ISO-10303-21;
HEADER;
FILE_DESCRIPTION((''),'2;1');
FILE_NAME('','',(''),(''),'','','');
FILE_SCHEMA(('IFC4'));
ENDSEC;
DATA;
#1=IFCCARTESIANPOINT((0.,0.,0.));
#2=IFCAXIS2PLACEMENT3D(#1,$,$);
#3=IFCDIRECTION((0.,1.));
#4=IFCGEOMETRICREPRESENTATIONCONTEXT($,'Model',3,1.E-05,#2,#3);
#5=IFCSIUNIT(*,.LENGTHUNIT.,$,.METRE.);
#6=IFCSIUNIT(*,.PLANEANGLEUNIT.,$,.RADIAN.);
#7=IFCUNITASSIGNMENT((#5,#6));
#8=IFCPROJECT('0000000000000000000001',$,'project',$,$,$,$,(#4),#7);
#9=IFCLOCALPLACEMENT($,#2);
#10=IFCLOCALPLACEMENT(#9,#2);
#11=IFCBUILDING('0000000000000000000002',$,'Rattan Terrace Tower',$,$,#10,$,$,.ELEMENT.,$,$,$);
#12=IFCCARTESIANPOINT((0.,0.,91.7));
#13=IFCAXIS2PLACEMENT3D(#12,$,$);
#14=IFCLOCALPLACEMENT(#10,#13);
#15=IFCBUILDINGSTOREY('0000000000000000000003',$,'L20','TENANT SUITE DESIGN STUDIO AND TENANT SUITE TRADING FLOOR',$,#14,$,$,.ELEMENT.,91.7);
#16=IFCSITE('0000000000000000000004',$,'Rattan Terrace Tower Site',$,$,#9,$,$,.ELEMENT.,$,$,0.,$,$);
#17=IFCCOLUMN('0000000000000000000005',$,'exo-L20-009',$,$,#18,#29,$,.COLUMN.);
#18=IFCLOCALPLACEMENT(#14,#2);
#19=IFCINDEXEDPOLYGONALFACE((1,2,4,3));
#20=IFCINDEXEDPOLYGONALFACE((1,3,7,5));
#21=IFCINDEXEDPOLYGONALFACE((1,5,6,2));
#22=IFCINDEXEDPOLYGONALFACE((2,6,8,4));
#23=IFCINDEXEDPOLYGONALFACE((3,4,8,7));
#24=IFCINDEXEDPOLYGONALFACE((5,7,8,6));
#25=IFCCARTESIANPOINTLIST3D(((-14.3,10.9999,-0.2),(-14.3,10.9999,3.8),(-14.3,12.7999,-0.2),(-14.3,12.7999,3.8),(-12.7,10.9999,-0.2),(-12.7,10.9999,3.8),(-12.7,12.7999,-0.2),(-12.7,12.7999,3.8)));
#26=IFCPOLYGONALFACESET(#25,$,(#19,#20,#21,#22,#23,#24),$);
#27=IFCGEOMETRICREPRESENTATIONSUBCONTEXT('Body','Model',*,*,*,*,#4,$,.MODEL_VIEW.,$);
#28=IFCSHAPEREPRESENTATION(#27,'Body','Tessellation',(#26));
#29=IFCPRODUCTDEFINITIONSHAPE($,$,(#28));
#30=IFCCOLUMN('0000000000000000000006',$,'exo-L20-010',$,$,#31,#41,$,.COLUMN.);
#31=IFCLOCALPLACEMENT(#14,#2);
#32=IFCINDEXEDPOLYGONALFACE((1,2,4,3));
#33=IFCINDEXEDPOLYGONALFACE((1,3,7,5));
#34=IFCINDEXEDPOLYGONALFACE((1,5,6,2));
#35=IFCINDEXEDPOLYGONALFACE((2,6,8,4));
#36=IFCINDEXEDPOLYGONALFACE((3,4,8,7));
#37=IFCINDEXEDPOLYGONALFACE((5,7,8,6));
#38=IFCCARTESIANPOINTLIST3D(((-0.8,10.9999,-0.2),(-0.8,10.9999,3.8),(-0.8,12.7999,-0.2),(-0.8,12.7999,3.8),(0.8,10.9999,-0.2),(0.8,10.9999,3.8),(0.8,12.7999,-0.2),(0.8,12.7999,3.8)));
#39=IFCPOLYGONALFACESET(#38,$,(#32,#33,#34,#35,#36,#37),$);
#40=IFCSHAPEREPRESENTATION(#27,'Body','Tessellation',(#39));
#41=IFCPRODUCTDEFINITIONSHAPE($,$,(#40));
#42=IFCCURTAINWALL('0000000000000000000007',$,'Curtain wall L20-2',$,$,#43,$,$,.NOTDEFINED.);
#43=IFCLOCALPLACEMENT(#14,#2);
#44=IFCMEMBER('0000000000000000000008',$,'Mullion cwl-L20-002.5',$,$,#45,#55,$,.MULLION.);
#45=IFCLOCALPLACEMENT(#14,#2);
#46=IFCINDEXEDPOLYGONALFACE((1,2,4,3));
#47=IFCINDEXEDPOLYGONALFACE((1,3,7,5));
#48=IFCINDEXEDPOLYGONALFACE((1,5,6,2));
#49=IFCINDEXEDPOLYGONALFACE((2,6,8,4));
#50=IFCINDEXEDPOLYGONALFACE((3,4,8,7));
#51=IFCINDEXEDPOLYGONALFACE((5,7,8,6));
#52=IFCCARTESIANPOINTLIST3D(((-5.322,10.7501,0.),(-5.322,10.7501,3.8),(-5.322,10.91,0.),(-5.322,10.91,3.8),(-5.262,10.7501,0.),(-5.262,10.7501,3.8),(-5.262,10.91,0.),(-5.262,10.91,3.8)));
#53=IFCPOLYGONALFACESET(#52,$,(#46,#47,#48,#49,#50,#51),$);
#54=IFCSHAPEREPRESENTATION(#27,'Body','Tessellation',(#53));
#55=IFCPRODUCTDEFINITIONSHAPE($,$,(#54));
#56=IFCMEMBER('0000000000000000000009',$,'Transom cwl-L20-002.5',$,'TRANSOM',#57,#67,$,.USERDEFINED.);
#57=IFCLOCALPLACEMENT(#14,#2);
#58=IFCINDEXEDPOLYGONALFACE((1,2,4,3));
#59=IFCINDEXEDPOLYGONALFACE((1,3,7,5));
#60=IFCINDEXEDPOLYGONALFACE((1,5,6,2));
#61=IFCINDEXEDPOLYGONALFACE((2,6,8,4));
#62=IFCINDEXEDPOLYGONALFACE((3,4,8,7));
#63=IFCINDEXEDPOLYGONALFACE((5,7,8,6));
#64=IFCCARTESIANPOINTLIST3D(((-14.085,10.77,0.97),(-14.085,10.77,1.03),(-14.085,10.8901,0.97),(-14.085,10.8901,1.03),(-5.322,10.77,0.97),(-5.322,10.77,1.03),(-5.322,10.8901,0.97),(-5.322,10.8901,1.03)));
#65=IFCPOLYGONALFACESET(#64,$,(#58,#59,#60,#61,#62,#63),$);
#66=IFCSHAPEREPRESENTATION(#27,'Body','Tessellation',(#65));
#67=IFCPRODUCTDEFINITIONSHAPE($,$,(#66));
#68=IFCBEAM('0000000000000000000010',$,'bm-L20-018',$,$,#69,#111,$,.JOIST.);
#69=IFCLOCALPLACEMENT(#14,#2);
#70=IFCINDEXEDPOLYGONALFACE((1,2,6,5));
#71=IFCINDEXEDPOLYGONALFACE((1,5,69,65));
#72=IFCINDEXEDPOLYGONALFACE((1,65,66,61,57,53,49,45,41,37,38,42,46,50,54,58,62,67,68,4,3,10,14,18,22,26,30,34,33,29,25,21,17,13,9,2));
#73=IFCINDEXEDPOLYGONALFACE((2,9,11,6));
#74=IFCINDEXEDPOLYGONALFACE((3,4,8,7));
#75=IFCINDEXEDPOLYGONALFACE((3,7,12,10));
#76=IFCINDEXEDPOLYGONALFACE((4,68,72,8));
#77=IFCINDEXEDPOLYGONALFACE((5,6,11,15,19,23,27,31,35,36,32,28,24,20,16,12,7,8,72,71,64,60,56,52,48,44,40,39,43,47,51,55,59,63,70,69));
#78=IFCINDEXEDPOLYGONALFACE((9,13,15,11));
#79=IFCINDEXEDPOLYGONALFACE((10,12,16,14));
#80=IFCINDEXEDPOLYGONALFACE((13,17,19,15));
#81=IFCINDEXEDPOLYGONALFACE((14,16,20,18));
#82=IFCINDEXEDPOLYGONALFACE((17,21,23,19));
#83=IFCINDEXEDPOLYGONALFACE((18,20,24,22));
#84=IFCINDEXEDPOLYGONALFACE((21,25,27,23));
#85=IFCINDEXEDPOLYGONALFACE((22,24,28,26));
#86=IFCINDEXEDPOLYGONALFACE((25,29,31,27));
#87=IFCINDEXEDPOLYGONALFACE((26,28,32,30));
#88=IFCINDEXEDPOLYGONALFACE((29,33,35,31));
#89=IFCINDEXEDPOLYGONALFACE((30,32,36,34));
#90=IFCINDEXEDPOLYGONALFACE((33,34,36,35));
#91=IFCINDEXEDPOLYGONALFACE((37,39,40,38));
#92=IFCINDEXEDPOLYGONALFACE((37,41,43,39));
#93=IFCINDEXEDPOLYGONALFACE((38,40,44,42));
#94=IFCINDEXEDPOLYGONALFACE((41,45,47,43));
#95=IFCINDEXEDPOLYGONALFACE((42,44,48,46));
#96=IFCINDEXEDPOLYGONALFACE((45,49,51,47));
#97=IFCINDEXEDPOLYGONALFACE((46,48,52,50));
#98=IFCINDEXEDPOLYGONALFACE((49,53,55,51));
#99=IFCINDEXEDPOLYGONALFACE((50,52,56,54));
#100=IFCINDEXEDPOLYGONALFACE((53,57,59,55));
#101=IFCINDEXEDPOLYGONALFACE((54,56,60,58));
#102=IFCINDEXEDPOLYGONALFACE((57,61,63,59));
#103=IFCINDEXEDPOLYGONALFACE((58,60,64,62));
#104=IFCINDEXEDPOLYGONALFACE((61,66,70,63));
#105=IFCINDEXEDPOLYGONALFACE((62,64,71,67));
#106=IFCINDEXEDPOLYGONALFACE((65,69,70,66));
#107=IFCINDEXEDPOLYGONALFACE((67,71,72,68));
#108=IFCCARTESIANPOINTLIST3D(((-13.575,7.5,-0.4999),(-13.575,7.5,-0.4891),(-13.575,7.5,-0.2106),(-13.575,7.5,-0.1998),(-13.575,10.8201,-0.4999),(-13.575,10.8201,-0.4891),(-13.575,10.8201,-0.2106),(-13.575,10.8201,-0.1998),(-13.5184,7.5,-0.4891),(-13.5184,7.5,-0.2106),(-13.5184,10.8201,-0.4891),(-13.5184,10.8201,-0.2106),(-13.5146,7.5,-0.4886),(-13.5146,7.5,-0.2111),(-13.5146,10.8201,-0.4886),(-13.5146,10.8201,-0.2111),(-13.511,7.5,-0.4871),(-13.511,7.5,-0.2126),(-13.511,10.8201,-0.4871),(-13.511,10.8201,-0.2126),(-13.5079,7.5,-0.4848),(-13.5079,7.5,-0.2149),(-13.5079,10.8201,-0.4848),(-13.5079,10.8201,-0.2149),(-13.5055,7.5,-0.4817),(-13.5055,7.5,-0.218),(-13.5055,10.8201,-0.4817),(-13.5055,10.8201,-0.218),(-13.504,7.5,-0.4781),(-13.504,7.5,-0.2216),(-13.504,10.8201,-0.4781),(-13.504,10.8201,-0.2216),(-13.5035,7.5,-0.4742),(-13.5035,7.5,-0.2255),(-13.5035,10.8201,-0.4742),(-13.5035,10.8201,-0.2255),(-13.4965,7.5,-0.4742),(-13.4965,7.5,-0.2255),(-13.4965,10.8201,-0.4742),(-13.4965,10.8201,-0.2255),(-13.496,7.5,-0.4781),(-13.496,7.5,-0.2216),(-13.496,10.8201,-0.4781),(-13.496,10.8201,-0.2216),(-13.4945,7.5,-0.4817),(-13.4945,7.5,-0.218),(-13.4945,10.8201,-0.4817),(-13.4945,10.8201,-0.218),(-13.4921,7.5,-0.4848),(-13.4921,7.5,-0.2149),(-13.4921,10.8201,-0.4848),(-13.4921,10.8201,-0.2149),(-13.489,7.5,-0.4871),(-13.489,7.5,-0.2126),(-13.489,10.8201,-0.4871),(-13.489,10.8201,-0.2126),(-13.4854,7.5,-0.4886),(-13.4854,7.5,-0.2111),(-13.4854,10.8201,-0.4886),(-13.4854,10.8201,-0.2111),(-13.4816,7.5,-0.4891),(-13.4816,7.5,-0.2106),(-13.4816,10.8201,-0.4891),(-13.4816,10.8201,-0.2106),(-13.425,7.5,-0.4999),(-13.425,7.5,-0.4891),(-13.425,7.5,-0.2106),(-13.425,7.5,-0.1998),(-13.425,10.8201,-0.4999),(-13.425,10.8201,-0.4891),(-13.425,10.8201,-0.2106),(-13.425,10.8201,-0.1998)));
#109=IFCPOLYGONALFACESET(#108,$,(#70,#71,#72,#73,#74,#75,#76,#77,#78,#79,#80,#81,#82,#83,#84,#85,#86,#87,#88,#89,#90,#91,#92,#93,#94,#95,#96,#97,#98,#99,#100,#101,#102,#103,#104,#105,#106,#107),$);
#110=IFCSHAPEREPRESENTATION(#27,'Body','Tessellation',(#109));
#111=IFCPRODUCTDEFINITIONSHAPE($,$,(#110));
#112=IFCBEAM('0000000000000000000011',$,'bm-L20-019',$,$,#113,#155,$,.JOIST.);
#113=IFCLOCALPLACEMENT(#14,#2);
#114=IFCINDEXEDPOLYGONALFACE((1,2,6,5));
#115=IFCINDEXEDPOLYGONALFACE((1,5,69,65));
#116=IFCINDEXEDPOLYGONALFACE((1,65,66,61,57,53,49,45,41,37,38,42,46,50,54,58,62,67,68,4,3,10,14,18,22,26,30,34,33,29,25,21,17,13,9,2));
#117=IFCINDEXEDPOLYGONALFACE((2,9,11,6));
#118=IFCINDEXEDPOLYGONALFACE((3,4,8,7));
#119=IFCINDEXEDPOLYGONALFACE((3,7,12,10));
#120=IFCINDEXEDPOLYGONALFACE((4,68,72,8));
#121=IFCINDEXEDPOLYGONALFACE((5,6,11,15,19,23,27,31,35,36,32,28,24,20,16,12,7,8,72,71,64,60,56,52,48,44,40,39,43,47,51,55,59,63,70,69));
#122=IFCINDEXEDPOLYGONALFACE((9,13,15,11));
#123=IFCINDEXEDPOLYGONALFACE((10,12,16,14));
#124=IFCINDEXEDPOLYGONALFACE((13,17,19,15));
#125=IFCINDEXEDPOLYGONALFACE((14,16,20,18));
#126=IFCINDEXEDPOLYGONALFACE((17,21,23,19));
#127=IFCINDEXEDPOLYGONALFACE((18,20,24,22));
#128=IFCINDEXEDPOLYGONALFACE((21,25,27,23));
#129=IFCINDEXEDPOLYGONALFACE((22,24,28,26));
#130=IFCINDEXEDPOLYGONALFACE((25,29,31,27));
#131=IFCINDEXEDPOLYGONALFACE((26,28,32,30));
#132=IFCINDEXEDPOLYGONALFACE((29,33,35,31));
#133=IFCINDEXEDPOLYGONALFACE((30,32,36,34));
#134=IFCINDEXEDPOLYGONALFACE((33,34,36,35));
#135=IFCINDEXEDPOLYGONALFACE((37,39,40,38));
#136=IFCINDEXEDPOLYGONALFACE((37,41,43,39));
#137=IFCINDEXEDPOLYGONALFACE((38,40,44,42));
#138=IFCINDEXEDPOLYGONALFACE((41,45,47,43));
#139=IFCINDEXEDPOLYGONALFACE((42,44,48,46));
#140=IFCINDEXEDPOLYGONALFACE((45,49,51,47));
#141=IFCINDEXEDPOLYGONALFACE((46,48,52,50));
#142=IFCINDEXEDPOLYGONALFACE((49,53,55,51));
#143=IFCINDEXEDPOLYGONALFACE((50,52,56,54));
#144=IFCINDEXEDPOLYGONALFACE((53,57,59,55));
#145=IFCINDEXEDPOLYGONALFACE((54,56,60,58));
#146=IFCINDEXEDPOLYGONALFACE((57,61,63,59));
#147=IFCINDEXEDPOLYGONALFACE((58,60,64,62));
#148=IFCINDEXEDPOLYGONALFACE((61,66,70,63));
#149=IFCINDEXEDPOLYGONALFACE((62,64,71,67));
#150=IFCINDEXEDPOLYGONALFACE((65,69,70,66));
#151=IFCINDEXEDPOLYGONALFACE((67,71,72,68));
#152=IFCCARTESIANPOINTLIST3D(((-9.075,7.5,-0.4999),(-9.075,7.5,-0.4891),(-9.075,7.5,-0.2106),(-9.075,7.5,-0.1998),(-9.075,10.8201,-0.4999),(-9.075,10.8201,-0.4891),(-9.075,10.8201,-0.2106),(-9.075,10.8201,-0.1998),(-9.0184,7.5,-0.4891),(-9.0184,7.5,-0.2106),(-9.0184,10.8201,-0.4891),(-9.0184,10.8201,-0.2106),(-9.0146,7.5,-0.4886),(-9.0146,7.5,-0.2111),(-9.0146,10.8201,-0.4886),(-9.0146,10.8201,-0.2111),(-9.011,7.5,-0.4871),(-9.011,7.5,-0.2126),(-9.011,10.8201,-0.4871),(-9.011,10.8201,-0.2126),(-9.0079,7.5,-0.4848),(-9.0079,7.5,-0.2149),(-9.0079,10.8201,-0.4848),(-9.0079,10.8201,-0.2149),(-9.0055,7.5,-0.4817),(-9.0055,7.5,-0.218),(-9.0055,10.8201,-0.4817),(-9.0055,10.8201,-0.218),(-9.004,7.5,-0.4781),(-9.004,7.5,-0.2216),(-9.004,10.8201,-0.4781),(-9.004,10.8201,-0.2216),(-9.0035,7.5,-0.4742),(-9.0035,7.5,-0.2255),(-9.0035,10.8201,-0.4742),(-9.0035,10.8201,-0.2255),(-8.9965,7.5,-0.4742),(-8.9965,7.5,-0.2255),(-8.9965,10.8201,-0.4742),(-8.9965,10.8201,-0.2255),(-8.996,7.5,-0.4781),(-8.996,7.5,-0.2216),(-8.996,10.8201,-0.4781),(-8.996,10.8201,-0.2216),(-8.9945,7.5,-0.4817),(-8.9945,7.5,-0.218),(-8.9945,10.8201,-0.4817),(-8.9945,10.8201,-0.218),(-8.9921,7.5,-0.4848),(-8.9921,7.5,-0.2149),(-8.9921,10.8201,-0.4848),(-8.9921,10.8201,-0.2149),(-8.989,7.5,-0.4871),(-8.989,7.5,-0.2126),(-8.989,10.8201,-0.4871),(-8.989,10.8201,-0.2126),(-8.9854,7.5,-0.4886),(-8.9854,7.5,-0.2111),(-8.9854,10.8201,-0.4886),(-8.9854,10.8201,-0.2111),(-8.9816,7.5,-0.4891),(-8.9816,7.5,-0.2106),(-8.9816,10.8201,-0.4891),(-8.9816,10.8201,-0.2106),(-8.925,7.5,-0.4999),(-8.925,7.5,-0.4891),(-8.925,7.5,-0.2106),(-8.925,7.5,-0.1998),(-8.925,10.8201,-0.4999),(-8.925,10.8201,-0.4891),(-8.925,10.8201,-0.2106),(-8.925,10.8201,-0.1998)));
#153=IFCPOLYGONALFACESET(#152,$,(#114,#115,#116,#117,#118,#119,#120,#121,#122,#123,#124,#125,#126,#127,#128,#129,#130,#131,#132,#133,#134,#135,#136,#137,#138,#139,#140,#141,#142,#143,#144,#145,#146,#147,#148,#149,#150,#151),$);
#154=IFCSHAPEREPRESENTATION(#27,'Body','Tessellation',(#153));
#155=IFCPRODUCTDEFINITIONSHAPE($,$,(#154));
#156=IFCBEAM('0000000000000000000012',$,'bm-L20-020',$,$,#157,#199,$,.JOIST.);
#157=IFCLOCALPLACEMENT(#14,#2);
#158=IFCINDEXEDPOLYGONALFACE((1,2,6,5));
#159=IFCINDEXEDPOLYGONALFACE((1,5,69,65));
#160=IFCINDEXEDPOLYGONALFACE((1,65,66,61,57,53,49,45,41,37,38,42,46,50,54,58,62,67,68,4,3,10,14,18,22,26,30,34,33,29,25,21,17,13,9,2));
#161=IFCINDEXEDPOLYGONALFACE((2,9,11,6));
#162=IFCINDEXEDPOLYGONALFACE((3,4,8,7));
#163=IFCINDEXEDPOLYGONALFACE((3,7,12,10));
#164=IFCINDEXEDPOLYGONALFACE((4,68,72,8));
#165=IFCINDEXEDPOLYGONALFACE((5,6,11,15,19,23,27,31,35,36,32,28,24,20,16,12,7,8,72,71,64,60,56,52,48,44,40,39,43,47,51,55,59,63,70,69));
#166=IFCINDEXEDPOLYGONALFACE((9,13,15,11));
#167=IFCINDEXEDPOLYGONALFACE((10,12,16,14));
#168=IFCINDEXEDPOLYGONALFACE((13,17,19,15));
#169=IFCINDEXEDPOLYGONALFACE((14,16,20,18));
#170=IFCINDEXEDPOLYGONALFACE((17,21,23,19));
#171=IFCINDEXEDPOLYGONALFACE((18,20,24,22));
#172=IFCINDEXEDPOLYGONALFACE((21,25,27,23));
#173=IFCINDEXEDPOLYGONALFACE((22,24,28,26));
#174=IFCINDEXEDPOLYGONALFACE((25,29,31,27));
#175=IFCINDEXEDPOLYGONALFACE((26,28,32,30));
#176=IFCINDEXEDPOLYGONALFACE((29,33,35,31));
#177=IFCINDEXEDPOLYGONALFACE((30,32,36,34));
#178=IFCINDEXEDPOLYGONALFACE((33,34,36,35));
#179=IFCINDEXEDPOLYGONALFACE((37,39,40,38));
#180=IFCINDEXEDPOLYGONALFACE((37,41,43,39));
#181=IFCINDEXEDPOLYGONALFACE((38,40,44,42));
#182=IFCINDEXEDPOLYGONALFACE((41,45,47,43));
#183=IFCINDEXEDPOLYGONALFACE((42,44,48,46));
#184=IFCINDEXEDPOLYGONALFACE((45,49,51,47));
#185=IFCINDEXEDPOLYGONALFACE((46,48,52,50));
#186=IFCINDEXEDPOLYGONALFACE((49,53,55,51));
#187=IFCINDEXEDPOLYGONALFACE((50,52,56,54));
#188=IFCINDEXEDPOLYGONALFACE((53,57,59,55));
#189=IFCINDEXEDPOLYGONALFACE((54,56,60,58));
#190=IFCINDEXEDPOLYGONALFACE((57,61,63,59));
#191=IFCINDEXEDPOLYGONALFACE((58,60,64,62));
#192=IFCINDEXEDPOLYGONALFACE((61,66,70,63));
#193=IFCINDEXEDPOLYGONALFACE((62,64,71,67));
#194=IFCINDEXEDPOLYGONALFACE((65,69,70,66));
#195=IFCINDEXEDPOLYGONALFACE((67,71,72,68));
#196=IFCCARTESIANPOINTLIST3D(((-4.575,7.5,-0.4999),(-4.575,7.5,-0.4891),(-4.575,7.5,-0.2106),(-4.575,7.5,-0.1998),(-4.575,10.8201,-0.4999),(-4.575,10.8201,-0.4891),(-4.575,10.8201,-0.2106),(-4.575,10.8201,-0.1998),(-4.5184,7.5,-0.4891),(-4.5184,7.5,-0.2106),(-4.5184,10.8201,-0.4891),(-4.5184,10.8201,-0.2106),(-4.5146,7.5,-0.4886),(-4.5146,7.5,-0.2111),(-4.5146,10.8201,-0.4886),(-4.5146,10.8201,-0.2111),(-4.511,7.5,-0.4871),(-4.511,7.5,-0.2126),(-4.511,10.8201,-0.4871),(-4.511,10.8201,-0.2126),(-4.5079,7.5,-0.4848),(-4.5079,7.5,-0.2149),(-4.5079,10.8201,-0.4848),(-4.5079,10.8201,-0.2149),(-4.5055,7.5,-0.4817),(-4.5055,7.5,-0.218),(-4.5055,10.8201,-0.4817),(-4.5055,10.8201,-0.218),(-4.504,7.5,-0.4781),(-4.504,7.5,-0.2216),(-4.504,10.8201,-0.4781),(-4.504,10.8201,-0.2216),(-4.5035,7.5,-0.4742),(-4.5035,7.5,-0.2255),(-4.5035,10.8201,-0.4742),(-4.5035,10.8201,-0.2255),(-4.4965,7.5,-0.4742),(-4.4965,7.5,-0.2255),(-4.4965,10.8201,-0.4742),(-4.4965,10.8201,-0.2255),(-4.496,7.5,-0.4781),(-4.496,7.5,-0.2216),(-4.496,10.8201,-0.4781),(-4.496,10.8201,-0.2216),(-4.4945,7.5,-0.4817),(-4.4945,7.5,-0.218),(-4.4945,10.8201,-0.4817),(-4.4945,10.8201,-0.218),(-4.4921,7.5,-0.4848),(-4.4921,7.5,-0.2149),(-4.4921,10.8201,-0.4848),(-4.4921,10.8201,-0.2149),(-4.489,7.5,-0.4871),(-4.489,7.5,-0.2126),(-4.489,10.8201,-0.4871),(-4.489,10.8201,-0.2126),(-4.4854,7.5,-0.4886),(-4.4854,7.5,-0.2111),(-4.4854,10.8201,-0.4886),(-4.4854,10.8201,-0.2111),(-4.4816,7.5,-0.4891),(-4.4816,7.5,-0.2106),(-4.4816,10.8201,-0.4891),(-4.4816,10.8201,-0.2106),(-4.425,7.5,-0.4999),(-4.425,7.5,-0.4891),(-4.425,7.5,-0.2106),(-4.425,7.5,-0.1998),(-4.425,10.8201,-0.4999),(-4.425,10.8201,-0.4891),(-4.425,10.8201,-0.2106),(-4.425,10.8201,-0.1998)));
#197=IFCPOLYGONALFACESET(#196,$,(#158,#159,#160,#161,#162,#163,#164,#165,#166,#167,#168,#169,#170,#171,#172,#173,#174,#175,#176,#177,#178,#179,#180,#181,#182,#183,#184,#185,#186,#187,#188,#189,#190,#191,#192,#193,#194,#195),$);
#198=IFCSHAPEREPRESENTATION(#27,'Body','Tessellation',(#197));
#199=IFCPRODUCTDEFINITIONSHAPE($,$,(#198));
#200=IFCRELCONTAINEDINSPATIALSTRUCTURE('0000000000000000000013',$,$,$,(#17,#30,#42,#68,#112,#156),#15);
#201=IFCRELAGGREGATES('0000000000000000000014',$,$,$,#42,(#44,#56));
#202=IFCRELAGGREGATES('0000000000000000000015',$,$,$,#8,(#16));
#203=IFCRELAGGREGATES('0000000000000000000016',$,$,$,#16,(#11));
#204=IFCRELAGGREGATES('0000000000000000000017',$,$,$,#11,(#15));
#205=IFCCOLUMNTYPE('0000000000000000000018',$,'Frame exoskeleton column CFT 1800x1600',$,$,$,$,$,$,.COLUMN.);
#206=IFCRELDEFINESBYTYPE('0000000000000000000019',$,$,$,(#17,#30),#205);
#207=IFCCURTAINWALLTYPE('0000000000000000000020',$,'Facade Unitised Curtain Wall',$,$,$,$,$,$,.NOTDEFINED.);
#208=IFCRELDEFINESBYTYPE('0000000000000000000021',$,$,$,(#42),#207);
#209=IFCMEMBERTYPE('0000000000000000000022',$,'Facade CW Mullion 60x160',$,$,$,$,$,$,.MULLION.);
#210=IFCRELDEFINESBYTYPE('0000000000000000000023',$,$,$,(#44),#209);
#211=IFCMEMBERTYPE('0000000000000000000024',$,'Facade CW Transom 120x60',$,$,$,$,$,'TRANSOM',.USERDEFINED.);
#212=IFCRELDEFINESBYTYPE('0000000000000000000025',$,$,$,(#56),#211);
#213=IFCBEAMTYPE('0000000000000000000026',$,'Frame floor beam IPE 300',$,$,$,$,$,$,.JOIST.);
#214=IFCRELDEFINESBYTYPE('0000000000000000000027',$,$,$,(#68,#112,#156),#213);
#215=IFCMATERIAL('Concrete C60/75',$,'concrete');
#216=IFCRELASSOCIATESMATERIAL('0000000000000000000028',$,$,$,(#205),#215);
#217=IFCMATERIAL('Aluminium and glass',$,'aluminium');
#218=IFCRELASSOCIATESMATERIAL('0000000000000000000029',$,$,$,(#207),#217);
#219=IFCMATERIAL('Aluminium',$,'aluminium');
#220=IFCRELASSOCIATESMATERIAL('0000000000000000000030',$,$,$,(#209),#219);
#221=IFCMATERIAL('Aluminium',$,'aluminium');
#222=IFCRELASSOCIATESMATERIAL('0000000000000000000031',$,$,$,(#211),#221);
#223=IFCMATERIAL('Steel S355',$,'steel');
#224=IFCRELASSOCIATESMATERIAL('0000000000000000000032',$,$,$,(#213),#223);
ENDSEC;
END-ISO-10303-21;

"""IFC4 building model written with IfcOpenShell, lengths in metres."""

from ifc_helpers import new_model, si_unit, direction, frame, origin, origin_2d, place, context, subcontext, project, spatial, rectangle, i_section, extrude, material, material_profile, profile_set, type_object, element, aggregate, save


model = new_model("IFC4")

# Units and contexts
model_context = context("Model", 3, precision=1e-05, world=origin(), true_north=direction((0.0, 1.0)))
body_context = subcontext(model_context, "Body", "Model", "MODEL_VIEW")
ifc_project = project(units=[si_unit("LENGTHUNIT", "METRE"), si_unit("PLANEANGLEUNIT", "RADIAN")], contexts=[model_context])

# Site, building, storey
site_placement = place(None, origin())
site = spatial("IfcSite", under=ifc_project, at=site_placement, Name="Rattan Terrace Tower Site", CompositionType="ELEMENT", RefElevation=0.0)
building_placement = place(site_placement, origin())
building = spatial("IfcBuilding", under=site, at=building_placement, Name="Rattan Terrace Tower", CompositionType="ELEMENT")
storey_placement = place(building_placement, frame((0.0, 0.0, 91.7)))
storey = spatial("IfcBuildingStorey", under=building, at=storey_placement, Name="L20", Description="TENANT SUITE DESIGN STUDIO AND TENANT SUITE TRADING FLOOR", CompositionType="ELEMENT", Elevation=91.7)

# Columns
ifc_material_1 = material(Name="Concrete C60/75", Category="concrete")
ifc_material_profile_1 = material_profile(ifc_material_1, rectangle(XDim=1.6001, YDim=1.8, at=origin_2d()), Name="CFT 1800x1600")
ifc_profile_set_1 = profile_set([ifc_material_profile_1], Name="Concrete C60/75")
column_type = type_object("IfcColumnType", Name="Frame exoskeleton column CFT 1800x1600", PredefinedType="COLUMN", material=ifc_profile_set_1)
for number, where, z_axis, x_axis, name in (
    (1, (-13.5, 11.8999, -0.2), (0.0, 0.0, 1.0), (1.0, 0.0, 0.0), "exo-L20-009"),
    (2, (0.0, 11.8999, -0.2), (0.0, 0.0, 1.0), (1.0, 0.0, 0.0), "exo-L20-010"),
):
    element("IfcColumn", number, at=place(storey_placement, frame(where, z_axis=z_axis, x_axis=x_axis)), inside=storey, type_object=column_type, Name=name, PredefinedType="COLUMN", context=body_context, shape_type="SweptSolid", body=[
        extrude(rectangle(XDim=1.6001, YDim=1.8, at=origin_2d()), origin(), (0.0, 0.0, 1.0), 4.0),
    ])

# Curtain wall, members
ifc_material_2 = material(Name="Aluminium and glass", Category="aluminium")
curtain_wall_type = type_object("IfcCurtainWallType", Name="Facade Unitised Curtain Wall", PredefinedType="NOTDEFINED", material=ifc_material_2)
curtain_wall_placement = place(storey_placement, origin())
curtain_wall = element("IfcCurtainWall", 3, at=curtain_wall_placement, inside=storey, type_object=curtain_wall_type, Name="Curtain wall L20-2", PredefinedType="NOTDEFINED")
ifc_material_3 = material(Name="Aluminium", Category="aluminium")
ifc_material_profile_2 = material_profile(ifc_material_3, rectangle(XDim=0.0601, YDim=0.1599, at=origin_2d()), Name="Aluminium 60x160")
ifc_profile_set_2 = profile_set([ifc_material_profile_2], Name="Aluminium")
member_type_1 = type_object("IfcMemberType", Name="Facade CW Mullion 60x160", PredefinedType="MULLION", material=ifc_profile_set_2)
member_1_placement = place(storey_placement, frame((-5.292, 10.8301, 0.0), z_axis=(0.0, 0.0, 1.0), x_axis=(-1.0, 0.0, 0.0)))
member_1 = element("IfcMember", 4, at=member_1_placement, type_object=member_type_1, Name="Mullion cwl-L20-002.5", PredefinedType="MULLION", context=body_context, shape_type="SweptSolid", body=[
    extrude(rectangle(XDim=0.0601, YDim=0.1599, at=origin_2d()), origin(), (0.0, 0.0, 1.0), 3.8),
])
ifc_material_4 = material(Name="Aluminium", Category="aluminium")
ifc_material_profile_3 = material_profile(ifc_material_4, rectangle(XDim=0.1201, YDim=0.0601, at=origin_2d()), Name="Aluminium 120x60")
ifc_profile_set_3 = profile_set([ifc_material_profile_3], Name="Aluminium")
member_type_2 = type_object("IfcMemberType", Name="Facade CW Transom 120x60", ElementType="TRANSOM", PredefinedType="USERDEFINED", material=ifc_profile_set_3)
member_2_placement = place(storey_placement, frame((-5.322, 10.8301, 1.0), z_axis=(-1.0, 0.0, 0.0), x_axis=(0.0, -1.0, 0.0)))
member_2 = element("IfcMember", 5, at=member_2_placement, type_object=member_type_2, Name="Transom cwl-L20-002.5", ObjectType="TRANSOM", PredefinedType="USERDEFINED", context=body_context, shape_type="SweptSolid", body=[
    extrude(rectangle(XDim=0.1201, YDim=0.0601, at=origin_2d()), origin(), (0.0, 0.0, 1.0), 8.7629),
])

# Beams
ifc_material_5 = material(Name="Steel S355", Category="steel")
ifc_material_profile_4 = material_profile(ifc_material_5, i_section(OverallWidth=0.1499, OverallDepth=0.3, WebThickness=0.0071, FlangeThickness=0.0107, FilletRadius=0.0149, at=origin_2d()), Name="IPE 300")
ifc_profile_set_4 = profile_set([ifc_material_profile_4], Name="Steel S355")
beam_type = type_object("IfcBeamType", Name="Frame floor beam IPE 300", PredefinedType="JOIST", material=ifc_profile_set_4)
for number, where, z_axis, x_axis, name in (
    (6, (-13.5, 7.5, -0.3499), (0.0, 1.0, 0.0), (-1.0, 0.0, 0.0), "bm-L20-018"),
    (7, (-9.0, 7.5, -0.3499), (0.0, 1.0, 0.0), (-1.0, 0.0, 0.0), "bm-L20-019"),
    (8, (-4.5, 7.5, -0.3499), (0.0, 1.0, 0.0), (-1.0, 0.0, 0.0), "bm-L20-020"),
):
    element("IfcBeam", number, at=place(storey_placement, frame(where, z_axis=z_axis, x_axis=x_axis)), inside=storey, type_object=beam_type, Name=name, PredefinedType="JOIST", context=body_context, shape_type="SweptSolid", body=[
        extrude(i_section(OverallWidth=0.1499, OverallDepth=0.3, WebThickness=0.0071, FlangeThickness=0.0107, FilletRadius=0.0149, at=origin_2d()), origin(), (0.0, 0.0, 1.0), 3.3201),
    ])

aggregate(curtain_wall, [member_1, member_2])

save(model, "model.ifc")
